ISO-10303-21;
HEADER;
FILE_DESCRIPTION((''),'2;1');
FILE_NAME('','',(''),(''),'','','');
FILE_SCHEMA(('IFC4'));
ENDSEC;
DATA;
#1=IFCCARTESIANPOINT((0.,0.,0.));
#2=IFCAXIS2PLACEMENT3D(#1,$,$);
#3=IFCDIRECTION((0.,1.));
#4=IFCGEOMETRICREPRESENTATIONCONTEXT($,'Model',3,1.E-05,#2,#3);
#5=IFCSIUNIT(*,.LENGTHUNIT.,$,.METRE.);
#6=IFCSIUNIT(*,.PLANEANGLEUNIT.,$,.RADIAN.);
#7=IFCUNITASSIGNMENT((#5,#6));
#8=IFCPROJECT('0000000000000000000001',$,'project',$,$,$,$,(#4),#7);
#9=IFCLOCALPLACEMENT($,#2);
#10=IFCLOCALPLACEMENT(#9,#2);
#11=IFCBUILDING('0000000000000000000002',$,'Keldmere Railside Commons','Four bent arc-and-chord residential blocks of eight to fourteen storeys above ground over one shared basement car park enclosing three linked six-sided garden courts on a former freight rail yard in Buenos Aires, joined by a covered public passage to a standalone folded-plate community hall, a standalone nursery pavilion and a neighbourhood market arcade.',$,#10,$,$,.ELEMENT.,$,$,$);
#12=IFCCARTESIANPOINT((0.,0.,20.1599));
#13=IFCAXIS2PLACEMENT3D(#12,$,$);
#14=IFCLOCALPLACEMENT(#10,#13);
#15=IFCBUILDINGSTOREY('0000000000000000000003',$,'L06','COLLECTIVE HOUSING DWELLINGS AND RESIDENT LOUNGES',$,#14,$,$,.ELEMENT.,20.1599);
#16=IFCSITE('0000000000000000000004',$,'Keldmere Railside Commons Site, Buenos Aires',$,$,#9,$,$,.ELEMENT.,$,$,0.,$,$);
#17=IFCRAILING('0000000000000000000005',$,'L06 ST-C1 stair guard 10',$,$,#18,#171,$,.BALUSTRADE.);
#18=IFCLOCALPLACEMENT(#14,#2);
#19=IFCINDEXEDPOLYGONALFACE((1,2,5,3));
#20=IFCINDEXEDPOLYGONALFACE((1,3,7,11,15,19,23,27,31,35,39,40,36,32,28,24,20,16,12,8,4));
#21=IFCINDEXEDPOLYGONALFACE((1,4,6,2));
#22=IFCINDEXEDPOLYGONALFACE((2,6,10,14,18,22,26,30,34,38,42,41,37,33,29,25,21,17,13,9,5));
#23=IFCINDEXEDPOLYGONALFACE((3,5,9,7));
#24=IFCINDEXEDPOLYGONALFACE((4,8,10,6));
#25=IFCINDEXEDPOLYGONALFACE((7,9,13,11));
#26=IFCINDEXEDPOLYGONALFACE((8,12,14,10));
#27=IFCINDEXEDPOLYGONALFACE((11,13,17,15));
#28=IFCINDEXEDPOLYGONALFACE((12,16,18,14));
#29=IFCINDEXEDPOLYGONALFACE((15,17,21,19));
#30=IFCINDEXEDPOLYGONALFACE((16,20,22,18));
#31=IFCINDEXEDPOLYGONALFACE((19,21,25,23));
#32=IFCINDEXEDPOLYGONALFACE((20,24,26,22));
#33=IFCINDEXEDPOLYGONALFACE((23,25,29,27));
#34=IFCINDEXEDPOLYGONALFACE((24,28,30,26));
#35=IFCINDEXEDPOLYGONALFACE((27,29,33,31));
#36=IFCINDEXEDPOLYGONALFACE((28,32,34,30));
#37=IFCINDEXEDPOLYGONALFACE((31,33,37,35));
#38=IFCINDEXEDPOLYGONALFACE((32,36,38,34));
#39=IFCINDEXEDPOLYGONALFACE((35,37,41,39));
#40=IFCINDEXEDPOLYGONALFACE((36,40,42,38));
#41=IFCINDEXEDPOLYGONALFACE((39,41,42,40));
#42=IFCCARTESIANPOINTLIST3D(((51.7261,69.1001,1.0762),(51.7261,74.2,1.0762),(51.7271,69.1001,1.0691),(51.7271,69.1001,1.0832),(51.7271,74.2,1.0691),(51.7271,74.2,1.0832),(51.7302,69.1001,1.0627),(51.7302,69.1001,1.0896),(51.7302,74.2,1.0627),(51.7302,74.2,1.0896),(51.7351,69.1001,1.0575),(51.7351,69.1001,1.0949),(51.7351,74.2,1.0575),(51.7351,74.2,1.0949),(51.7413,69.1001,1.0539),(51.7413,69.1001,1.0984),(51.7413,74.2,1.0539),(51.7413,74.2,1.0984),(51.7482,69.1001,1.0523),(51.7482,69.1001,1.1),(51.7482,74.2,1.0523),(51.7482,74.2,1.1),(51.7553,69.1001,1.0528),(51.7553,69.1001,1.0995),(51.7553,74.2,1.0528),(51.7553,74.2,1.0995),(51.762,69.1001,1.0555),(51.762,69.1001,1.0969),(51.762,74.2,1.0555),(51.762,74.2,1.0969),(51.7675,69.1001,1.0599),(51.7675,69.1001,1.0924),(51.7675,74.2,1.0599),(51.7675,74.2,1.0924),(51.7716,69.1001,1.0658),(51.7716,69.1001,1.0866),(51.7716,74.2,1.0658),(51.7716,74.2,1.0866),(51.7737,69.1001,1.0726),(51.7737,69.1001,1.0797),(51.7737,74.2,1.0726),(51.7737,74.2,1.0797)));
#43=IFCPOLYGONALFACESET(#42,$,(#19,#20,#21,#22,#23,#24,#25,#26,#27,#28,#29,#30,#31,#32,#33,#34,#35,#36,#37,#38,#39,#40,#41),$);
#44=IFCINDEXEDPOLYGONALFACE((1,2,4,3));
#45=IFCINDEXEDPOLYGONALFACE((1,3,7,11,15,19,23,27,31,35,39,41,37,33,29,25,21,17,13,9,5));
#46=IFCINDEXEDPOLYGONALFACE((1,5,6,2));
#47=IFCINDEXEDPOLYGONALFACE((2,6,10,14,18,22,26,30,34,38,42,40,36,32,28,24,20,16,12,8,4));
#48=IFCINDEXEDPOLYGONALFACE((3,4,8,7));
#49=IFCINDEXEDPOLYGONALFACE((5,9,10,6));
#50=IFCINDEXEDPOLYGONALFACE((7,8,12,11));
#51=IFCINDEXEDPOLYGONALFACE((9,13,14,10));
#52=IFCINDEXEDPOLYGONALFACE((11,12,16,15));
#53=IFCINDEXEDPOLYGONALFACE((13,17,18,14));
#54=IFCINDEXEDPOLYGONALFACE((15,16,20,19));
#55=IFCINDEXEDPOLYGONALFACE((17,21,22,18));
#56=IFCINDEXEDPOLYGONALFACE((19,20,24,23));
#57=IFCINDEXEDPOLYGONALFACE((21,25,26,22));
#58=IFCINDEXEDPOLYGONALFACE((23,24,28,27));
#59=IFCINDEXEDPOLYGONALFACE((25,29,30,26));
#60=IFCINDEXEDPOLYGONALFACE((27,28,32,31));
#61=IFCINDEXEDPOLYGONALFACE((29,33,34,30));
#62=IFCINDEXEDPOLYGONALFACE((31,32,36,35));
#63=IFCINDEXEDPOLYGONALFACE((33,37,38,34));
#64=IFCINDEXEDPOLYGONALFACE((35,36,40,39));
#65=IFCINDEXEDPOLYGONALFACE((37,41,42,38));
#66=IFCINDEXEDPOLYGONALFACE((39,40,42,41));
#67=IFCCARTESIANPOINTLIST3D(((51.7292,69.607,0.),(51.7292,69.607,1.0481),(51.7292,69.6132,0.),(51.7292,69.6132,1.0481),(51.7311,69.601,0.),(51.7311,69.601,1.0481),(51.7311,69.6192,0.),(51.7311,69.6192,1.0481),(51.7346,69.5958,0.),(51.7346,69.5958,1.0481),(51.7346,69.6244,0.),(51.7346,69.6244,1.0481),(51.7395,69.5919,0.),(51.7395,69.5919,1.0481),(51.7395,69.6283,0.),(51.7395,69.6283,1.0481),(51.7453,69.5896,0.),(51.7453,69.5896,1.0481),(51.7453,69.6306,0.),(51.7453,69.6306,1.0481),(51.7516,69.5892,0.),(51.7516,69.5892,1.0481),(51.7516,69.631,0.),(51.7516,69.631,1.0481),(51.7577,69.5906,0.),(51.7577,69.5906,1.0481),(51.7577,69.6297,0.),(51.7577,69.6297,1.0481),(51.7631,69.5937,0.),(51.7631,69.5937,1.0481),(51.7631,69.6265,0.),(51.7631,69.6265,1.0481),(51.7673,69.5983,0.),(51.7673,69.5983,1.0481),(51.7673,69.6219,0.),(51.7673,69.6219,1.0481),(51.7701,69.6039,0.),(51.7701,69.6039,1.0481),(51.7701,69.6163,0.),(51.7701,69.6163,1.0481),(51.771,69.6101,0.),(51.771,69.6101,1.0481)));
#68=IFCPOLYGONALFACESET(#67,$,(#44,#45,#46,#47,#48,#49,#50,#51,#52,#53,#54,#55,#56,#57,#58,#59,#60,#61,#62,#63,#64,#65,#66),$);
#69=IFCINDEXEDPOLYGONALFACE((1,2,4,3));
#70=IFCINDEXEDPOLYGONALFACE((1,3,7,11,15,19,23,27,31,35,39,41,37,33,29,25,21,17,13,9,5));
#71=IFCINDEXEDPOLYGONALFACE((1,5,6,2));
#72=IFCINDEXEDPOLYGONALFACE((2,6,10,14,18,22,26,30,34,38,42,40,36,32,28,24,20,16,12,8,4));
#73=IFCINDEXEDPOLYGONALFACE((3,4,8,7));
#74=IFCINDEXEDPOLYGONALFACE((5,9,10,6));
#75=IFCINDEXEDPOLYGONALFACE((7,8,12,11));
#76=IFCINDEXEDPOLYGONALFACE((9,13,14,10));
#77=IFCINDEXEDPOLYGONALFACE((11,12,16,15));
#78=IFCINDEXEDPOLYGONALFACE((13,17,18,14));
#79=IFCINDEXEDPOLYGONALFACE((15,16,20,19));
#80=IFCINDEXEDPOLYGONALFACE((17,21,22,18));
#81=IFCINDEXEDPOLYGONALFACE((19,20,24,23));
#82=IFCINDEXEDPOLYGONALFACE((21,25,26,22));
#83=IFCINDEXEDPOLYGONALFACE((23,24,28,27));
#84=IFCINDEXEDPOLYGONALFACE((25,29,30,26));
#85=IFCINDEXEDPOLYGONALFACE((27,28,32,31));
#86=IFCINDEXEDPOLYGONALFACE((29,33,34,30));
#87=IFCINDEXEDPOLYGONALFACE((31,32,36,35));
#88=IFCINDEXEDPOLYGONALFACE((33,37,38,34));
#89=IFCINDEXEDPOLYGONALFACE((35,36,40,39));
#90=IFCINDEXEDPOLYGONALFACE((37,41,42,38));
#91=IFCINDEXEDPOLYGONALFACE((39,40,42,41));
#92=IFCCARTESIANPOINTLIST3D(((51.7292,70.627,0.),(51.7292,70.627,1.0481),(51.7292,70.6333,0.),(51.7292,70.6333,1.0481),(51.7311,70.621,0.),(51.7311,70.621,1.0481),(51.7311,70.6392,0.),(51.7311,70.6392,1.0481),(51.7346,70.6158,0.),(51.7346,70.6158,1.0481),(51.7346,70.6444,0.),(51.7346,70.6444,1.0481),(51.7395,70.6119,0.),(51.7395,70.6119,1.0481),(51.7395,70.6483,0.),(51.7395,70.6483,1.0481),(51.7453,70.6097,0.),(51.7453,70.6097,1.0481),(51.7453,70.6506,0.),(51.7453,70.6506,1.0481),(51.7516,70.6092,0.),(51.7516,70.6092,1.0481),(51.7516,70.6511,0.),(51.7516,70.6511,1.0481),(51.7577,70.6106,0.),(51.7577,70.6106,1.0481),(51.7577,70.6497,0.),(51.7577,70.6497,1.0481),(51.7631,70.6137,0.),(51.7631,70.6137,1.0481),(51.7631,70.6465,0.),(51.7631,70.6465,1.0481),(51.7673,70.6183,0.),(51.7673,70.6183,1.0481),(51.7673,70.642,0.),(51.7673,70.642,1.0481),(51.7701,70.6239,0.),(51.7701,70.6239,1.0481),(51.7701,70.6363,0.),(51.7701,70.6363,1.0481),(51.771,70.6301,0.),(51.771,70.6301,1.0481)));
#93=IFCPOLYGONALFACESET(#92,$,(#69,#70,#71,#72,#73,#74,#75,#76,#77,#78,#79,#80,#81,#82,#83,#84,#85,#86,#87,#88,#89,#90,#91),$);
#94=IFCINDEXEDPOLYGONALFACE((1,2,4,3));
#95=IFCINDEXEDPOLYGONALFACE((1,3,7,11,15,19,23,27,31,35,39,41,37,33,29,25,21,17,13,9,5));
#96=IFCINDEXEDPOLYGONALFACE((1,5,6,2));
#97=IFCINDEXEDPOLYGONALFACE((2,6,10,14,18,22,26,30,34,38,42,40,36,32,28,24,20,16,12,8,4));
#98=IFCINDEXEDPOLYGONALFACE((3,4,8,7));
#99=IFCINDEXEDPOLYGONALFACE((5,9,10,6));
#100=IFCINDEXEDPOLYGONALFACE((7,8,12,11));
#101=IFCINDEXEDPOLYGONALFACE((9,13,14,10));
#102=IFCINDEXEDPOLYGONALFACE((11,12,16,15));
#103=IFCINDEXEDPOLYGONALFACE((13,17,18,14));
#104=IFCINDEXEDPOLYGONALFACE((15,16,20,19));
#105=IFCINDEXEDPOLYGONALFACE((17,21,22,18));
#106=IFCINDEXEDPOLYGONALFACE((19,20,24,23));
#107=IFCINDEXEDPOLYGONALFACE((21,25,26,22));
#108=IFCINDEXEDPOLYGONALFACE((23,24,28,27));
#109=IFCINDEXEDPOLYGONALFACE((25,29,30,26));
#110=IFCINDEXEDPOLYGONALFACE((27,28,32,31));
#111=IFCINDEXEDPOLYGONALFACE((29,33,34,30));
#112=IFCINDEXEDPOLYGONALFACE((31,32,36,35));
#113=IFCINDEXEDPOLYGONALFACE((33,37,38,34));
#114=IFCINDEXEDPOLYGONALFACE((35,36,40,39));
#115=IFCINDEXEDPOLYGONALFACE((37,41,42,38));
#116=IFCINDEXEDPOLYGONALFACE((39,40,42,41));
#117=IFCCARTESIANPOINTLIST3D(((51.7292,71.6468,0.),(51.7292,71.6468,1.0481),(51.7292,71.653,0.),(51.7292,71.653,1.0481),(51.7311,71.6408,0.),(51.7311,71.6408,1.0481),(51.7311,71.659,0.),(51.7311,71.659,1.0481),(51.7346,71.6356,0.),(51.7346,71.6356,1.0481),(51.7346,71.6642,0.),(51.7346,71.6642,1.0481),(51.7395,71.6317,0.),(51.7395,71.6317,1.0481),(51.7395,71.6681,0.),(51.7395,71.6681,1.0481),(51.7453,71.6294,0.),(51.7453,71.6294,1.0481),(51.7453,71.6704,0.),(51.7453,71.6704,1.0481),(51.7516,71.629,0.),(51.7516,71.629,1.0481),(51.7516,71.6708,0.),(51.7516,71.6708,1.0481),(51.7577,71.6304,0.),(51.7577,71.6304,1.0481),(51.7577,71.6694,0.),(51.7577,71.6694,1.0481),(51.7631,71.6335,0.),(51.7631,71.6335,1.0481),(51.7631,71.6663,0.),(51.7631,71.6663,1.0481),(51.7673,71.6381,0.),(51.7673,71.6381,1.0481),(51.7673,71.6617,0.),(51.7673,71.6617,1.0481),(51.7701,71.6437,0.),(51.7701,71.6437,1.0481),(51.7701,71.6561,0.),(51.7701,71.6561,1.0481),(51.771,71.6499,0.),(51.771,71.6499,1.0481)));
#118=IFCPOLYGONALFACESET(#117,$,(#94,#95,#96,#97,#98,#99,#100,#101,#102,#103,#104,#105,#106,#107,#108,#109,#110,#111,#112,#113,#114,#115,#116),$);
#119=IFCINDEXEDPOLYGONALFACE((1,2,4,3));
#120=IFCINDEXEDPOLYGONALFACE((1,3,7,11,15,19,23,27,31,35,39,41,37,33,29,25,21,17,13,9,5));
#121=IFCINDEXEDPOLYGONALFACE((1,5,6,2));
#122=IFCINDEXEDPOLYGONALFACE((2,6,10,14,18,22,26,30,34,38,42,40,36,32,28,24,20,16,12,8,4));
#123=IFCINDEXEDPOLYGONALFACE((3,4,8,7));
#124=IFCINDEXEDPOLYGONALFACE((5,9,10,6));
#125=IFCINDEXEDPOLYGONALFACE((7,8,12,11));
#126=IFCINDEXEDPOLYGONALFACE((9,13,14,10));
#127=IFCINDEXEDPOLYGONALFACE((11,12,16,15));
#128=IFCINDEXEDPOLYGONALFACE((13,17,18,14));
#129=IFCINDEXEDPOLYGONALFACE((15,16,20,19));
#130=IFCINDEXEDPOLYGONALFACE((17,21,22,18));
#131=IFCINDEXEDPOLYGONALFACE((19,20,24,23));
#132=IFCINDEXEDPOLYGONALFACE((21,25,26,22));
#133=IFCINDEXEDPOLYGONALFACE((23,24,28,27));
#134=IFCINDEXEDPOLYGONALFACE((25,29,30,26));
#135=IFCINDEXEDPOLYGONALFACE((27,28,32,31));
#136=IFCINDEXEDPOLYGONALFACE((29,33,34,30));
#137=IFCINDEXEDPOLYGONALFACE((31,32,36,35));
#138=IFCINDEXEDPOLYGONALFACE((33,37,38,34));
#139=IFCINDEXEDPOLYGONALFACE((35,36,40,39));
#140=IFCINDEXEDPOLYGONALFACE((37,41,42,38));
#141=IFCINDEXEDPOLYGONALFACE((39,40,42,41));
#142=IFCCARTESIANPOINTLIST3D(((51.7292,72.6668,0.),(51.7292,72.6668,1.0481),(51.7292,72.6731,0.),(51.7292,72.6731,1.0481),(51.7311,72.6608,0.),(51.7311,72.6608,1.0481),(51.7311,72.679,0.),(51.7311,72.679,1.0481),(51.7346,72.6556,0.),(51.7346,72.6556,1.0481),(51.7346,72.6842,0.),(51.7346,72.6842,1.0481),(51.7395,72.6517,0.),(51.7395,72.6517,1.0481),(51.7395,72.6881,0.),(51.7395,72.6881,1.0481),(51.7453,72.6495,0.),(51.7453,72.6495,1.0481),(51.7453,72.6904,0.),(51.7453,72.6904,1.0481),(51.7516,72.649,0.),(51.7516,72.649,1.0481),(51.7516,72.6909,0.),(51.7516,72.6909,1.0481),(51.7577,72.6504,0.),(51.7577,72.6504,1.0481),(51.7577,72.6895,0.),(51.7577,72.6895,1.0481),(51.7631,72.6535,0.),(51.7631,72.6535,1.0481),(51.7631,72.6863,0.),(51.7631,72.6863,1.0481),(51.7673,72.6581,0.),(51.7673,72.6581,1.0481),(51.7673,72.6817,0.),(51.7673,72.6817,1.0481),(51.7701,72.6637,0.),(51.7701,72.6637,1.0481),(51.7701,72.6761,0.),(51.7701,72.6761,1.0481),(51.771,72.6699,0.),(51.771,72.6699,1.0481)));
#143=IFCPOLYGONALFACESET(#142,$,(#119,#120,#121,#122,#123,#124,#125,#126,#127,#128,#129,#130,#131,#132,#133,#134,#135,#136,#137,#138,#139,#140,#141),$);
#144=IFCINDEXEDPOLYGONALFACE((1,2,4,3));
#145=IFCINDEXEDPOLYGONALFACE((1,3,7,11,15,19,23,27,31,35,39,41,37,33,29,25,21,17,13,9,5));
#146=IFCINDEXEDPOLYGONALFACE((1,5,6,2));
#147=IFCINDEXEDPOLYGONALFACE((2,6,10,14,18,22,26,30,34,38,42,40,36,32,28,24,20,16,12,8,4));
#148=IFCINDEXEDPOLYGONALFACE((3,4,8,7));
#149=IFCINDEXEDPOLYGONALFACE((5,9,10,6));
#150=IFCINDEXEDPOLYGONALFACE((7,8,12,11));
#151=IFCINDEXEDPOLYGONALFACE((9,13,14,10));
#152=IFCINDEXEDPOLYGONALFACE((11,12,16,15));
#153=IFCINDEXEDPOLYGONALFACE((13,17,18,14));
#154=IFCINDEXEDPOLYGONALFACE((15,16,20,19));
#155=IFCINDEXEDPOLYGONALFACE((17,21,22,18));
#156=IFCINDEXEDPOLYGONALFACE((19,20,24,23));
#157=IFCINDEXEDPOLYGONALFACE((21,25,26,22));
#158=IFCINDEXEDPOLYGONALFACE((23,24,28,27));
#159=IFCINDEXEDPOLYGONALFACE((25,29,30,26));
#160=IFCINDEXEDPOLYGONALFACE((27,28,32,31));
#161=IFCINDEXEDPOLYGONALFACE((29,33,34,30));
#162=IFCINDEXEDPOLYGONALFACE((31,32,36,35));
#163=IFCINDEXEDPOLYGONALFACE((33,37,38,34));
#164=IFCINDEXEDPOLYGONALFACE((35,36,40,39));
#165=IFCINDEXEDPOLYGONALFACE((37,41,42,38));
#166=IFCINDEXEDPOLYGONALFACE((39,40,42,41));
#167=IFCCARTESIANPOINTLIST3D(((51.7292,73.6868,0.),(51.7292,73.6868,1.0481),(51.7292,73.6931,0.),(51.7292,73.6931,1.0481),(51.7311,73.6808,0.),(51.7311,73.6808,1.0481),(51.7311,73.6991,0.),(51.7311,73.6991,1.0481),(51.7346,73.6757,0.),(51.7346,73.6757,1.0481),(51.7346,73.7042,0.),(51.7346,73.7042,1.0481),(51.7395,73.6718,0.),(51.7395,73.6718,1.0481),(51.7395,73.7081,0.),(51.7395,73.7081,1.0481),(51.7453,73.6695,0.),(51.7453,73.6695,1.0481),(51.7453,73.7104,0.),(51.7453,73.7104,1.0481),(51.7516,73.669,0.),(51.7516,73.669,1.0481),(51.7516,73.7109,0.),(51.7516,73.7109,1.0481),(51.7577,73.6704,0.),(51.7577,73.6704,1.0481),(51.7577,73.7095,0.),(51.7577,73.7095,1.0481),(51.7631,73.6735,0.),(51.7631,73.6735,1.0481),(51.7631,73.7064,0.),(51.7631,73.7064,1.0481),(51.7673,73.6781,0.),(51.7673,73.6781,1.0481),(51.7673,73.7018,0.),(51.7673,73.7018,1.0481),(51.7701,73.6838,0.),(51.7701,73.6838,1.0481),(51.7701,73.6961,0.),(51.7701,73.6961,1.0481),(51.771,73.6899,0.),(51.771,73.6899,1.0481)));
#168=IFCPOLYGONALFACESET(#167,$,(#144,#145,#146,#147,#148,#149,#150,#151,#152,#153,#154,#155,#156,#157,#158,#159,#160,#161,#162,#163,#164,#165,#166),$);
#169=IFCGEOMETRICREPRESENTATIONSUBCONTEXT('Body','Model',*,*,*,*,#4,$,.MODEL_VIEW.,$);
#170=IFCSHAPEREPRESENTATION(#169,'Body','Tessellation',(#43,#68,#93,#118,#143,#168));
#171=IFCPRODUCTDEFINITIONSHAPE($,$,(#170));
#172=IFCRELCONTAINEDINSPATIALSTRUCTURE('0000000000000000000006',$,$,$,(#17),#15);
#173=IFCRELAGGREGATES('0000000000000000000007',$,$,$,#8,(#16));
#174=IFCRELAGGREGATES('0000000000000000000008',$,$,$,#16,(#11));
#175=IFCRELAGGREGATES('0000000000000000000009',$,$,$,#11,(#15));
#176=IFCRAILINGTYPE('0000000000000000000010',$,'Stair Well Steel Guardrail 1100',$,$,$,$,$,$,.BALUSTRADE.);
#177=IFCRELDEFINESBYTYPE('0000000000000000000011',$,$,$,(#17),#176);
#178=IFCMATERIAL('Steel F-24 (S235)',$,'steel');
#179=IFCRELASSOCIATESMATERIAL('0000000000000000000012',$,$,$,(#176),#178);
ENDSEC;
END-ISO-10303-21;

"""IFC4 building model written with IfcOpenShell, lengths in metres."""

from ifc_helpers import new_model, si_unit, direction, frame, origin, origin_2d, place, context, subcontext, project, spatial, circle, extrude, material, type_object, element, save


model = new_model("IFC4")

# Units and contexts
model_context = context("Model", 3, precision=1e-05, world=origin(), true_north=direction((0.0, 1.0)))
body_context = subcontext(model_context, "Body", "Model", "MODEL_VIEW")
ifc_project = project(units=[si_unit("LENGTHUNIT", "METRE"), si_unit("PLANEANGLEUNIT", "RADIAN")], contexts=[model_context])

# Site, building, storey
site_placement = place(None, origin())
site = spatial("IfcSite", under=ifc_project, at=site_placement, Name="Keldmere Railside Commons Site, Buenos Aires", CompositionType="ELEMENT", RefElevation=0.0)
building_placement = place(site_placement, origin())
building = spatial("IfcBuilding", under=site, at=building_placement, Name="Keldmere Railside Commons", Description="Four bent arc-and-chord residential blocks of eight to fourteen storeys above ground over one shared basement car park enclosing three linked six-sided garden courts on a former freight rail yard in Buenos Aires, joined by a covered public passage to a standalone folded-plate community hall, a standalone nursery pavilion and a neighbourhood market arcade.", CompositionType="ELEMENT")
storey_placement = place(building_placement, frame((0.0, 0.0, 20.1599)))
storey = spatial("IfcBuildingStorey", under=building, at=storey_placement, Name="L06", Description="COLLECTIVE HOUSING DWELLINGS AND RESIDENT LOUNGES", CompositionType="ELEMENT", Elevation=20.1599)

# Railing
ifc_material_1 = material(Name="Steel F-24 (S235)", Category="steel")
railing_type_1 = type_object("IfcRailingType", Name="Stair Well Steel Guardrail 1100", PredefinedType="BALUSTRADE", material=ifc_material_1)
railing_1_placement = place(storey_placement, frame((51.75, 69.1001, 0.0)))
element("IfcRailing", 1, at=railing_1_placement, inside=storey, type_object=railing_type_1, Name="L06 ST-C1 stair guard 10", PredefinedType="BALUSTRADE", context=body_context, shape_type="SweptSolid", body=[
    extrude(circle(Radius=0.0239, at=origin_2d()), frame((0.0, 0.0, 1.0762), z_axis=(0.0, 1.0, 0.0), x_axis=(-1.0, 0.0, 0.0)), (0.0, 0.0, 1.0), 5.0999),
    extrude(circle(Radius=0.021, at=origin_2d()), frame((0.0, 0.51, 0.0)), (0.0, 0.0, 1.0), 1.0481),
    extrude(circle(Radius=0.021, at=origin_2d()), frame((0.0, 1.53, 0.0)), (0.0, 0.0, 1.0), 1.0481),
    extrude(circle(Radius=0.021, at=origin_2d()), frame((0.0, 2.5498, 0.0)), (0.0, 0.0, 1.0), 1.0481),
    extrude(circle(Radius=0.021, at=origin_2d()), frame((0.0, 3.5698, 0.0)), (0.0, 0.0, 1.0), 1.0481),
    extrude(circle(Radius=0.021, at=origin_2d()), frame((0.0, 4.5898, 0.0)), (0.0, 0.0, 1.0), 1.0481),
])

save(model, "model.ifc")
